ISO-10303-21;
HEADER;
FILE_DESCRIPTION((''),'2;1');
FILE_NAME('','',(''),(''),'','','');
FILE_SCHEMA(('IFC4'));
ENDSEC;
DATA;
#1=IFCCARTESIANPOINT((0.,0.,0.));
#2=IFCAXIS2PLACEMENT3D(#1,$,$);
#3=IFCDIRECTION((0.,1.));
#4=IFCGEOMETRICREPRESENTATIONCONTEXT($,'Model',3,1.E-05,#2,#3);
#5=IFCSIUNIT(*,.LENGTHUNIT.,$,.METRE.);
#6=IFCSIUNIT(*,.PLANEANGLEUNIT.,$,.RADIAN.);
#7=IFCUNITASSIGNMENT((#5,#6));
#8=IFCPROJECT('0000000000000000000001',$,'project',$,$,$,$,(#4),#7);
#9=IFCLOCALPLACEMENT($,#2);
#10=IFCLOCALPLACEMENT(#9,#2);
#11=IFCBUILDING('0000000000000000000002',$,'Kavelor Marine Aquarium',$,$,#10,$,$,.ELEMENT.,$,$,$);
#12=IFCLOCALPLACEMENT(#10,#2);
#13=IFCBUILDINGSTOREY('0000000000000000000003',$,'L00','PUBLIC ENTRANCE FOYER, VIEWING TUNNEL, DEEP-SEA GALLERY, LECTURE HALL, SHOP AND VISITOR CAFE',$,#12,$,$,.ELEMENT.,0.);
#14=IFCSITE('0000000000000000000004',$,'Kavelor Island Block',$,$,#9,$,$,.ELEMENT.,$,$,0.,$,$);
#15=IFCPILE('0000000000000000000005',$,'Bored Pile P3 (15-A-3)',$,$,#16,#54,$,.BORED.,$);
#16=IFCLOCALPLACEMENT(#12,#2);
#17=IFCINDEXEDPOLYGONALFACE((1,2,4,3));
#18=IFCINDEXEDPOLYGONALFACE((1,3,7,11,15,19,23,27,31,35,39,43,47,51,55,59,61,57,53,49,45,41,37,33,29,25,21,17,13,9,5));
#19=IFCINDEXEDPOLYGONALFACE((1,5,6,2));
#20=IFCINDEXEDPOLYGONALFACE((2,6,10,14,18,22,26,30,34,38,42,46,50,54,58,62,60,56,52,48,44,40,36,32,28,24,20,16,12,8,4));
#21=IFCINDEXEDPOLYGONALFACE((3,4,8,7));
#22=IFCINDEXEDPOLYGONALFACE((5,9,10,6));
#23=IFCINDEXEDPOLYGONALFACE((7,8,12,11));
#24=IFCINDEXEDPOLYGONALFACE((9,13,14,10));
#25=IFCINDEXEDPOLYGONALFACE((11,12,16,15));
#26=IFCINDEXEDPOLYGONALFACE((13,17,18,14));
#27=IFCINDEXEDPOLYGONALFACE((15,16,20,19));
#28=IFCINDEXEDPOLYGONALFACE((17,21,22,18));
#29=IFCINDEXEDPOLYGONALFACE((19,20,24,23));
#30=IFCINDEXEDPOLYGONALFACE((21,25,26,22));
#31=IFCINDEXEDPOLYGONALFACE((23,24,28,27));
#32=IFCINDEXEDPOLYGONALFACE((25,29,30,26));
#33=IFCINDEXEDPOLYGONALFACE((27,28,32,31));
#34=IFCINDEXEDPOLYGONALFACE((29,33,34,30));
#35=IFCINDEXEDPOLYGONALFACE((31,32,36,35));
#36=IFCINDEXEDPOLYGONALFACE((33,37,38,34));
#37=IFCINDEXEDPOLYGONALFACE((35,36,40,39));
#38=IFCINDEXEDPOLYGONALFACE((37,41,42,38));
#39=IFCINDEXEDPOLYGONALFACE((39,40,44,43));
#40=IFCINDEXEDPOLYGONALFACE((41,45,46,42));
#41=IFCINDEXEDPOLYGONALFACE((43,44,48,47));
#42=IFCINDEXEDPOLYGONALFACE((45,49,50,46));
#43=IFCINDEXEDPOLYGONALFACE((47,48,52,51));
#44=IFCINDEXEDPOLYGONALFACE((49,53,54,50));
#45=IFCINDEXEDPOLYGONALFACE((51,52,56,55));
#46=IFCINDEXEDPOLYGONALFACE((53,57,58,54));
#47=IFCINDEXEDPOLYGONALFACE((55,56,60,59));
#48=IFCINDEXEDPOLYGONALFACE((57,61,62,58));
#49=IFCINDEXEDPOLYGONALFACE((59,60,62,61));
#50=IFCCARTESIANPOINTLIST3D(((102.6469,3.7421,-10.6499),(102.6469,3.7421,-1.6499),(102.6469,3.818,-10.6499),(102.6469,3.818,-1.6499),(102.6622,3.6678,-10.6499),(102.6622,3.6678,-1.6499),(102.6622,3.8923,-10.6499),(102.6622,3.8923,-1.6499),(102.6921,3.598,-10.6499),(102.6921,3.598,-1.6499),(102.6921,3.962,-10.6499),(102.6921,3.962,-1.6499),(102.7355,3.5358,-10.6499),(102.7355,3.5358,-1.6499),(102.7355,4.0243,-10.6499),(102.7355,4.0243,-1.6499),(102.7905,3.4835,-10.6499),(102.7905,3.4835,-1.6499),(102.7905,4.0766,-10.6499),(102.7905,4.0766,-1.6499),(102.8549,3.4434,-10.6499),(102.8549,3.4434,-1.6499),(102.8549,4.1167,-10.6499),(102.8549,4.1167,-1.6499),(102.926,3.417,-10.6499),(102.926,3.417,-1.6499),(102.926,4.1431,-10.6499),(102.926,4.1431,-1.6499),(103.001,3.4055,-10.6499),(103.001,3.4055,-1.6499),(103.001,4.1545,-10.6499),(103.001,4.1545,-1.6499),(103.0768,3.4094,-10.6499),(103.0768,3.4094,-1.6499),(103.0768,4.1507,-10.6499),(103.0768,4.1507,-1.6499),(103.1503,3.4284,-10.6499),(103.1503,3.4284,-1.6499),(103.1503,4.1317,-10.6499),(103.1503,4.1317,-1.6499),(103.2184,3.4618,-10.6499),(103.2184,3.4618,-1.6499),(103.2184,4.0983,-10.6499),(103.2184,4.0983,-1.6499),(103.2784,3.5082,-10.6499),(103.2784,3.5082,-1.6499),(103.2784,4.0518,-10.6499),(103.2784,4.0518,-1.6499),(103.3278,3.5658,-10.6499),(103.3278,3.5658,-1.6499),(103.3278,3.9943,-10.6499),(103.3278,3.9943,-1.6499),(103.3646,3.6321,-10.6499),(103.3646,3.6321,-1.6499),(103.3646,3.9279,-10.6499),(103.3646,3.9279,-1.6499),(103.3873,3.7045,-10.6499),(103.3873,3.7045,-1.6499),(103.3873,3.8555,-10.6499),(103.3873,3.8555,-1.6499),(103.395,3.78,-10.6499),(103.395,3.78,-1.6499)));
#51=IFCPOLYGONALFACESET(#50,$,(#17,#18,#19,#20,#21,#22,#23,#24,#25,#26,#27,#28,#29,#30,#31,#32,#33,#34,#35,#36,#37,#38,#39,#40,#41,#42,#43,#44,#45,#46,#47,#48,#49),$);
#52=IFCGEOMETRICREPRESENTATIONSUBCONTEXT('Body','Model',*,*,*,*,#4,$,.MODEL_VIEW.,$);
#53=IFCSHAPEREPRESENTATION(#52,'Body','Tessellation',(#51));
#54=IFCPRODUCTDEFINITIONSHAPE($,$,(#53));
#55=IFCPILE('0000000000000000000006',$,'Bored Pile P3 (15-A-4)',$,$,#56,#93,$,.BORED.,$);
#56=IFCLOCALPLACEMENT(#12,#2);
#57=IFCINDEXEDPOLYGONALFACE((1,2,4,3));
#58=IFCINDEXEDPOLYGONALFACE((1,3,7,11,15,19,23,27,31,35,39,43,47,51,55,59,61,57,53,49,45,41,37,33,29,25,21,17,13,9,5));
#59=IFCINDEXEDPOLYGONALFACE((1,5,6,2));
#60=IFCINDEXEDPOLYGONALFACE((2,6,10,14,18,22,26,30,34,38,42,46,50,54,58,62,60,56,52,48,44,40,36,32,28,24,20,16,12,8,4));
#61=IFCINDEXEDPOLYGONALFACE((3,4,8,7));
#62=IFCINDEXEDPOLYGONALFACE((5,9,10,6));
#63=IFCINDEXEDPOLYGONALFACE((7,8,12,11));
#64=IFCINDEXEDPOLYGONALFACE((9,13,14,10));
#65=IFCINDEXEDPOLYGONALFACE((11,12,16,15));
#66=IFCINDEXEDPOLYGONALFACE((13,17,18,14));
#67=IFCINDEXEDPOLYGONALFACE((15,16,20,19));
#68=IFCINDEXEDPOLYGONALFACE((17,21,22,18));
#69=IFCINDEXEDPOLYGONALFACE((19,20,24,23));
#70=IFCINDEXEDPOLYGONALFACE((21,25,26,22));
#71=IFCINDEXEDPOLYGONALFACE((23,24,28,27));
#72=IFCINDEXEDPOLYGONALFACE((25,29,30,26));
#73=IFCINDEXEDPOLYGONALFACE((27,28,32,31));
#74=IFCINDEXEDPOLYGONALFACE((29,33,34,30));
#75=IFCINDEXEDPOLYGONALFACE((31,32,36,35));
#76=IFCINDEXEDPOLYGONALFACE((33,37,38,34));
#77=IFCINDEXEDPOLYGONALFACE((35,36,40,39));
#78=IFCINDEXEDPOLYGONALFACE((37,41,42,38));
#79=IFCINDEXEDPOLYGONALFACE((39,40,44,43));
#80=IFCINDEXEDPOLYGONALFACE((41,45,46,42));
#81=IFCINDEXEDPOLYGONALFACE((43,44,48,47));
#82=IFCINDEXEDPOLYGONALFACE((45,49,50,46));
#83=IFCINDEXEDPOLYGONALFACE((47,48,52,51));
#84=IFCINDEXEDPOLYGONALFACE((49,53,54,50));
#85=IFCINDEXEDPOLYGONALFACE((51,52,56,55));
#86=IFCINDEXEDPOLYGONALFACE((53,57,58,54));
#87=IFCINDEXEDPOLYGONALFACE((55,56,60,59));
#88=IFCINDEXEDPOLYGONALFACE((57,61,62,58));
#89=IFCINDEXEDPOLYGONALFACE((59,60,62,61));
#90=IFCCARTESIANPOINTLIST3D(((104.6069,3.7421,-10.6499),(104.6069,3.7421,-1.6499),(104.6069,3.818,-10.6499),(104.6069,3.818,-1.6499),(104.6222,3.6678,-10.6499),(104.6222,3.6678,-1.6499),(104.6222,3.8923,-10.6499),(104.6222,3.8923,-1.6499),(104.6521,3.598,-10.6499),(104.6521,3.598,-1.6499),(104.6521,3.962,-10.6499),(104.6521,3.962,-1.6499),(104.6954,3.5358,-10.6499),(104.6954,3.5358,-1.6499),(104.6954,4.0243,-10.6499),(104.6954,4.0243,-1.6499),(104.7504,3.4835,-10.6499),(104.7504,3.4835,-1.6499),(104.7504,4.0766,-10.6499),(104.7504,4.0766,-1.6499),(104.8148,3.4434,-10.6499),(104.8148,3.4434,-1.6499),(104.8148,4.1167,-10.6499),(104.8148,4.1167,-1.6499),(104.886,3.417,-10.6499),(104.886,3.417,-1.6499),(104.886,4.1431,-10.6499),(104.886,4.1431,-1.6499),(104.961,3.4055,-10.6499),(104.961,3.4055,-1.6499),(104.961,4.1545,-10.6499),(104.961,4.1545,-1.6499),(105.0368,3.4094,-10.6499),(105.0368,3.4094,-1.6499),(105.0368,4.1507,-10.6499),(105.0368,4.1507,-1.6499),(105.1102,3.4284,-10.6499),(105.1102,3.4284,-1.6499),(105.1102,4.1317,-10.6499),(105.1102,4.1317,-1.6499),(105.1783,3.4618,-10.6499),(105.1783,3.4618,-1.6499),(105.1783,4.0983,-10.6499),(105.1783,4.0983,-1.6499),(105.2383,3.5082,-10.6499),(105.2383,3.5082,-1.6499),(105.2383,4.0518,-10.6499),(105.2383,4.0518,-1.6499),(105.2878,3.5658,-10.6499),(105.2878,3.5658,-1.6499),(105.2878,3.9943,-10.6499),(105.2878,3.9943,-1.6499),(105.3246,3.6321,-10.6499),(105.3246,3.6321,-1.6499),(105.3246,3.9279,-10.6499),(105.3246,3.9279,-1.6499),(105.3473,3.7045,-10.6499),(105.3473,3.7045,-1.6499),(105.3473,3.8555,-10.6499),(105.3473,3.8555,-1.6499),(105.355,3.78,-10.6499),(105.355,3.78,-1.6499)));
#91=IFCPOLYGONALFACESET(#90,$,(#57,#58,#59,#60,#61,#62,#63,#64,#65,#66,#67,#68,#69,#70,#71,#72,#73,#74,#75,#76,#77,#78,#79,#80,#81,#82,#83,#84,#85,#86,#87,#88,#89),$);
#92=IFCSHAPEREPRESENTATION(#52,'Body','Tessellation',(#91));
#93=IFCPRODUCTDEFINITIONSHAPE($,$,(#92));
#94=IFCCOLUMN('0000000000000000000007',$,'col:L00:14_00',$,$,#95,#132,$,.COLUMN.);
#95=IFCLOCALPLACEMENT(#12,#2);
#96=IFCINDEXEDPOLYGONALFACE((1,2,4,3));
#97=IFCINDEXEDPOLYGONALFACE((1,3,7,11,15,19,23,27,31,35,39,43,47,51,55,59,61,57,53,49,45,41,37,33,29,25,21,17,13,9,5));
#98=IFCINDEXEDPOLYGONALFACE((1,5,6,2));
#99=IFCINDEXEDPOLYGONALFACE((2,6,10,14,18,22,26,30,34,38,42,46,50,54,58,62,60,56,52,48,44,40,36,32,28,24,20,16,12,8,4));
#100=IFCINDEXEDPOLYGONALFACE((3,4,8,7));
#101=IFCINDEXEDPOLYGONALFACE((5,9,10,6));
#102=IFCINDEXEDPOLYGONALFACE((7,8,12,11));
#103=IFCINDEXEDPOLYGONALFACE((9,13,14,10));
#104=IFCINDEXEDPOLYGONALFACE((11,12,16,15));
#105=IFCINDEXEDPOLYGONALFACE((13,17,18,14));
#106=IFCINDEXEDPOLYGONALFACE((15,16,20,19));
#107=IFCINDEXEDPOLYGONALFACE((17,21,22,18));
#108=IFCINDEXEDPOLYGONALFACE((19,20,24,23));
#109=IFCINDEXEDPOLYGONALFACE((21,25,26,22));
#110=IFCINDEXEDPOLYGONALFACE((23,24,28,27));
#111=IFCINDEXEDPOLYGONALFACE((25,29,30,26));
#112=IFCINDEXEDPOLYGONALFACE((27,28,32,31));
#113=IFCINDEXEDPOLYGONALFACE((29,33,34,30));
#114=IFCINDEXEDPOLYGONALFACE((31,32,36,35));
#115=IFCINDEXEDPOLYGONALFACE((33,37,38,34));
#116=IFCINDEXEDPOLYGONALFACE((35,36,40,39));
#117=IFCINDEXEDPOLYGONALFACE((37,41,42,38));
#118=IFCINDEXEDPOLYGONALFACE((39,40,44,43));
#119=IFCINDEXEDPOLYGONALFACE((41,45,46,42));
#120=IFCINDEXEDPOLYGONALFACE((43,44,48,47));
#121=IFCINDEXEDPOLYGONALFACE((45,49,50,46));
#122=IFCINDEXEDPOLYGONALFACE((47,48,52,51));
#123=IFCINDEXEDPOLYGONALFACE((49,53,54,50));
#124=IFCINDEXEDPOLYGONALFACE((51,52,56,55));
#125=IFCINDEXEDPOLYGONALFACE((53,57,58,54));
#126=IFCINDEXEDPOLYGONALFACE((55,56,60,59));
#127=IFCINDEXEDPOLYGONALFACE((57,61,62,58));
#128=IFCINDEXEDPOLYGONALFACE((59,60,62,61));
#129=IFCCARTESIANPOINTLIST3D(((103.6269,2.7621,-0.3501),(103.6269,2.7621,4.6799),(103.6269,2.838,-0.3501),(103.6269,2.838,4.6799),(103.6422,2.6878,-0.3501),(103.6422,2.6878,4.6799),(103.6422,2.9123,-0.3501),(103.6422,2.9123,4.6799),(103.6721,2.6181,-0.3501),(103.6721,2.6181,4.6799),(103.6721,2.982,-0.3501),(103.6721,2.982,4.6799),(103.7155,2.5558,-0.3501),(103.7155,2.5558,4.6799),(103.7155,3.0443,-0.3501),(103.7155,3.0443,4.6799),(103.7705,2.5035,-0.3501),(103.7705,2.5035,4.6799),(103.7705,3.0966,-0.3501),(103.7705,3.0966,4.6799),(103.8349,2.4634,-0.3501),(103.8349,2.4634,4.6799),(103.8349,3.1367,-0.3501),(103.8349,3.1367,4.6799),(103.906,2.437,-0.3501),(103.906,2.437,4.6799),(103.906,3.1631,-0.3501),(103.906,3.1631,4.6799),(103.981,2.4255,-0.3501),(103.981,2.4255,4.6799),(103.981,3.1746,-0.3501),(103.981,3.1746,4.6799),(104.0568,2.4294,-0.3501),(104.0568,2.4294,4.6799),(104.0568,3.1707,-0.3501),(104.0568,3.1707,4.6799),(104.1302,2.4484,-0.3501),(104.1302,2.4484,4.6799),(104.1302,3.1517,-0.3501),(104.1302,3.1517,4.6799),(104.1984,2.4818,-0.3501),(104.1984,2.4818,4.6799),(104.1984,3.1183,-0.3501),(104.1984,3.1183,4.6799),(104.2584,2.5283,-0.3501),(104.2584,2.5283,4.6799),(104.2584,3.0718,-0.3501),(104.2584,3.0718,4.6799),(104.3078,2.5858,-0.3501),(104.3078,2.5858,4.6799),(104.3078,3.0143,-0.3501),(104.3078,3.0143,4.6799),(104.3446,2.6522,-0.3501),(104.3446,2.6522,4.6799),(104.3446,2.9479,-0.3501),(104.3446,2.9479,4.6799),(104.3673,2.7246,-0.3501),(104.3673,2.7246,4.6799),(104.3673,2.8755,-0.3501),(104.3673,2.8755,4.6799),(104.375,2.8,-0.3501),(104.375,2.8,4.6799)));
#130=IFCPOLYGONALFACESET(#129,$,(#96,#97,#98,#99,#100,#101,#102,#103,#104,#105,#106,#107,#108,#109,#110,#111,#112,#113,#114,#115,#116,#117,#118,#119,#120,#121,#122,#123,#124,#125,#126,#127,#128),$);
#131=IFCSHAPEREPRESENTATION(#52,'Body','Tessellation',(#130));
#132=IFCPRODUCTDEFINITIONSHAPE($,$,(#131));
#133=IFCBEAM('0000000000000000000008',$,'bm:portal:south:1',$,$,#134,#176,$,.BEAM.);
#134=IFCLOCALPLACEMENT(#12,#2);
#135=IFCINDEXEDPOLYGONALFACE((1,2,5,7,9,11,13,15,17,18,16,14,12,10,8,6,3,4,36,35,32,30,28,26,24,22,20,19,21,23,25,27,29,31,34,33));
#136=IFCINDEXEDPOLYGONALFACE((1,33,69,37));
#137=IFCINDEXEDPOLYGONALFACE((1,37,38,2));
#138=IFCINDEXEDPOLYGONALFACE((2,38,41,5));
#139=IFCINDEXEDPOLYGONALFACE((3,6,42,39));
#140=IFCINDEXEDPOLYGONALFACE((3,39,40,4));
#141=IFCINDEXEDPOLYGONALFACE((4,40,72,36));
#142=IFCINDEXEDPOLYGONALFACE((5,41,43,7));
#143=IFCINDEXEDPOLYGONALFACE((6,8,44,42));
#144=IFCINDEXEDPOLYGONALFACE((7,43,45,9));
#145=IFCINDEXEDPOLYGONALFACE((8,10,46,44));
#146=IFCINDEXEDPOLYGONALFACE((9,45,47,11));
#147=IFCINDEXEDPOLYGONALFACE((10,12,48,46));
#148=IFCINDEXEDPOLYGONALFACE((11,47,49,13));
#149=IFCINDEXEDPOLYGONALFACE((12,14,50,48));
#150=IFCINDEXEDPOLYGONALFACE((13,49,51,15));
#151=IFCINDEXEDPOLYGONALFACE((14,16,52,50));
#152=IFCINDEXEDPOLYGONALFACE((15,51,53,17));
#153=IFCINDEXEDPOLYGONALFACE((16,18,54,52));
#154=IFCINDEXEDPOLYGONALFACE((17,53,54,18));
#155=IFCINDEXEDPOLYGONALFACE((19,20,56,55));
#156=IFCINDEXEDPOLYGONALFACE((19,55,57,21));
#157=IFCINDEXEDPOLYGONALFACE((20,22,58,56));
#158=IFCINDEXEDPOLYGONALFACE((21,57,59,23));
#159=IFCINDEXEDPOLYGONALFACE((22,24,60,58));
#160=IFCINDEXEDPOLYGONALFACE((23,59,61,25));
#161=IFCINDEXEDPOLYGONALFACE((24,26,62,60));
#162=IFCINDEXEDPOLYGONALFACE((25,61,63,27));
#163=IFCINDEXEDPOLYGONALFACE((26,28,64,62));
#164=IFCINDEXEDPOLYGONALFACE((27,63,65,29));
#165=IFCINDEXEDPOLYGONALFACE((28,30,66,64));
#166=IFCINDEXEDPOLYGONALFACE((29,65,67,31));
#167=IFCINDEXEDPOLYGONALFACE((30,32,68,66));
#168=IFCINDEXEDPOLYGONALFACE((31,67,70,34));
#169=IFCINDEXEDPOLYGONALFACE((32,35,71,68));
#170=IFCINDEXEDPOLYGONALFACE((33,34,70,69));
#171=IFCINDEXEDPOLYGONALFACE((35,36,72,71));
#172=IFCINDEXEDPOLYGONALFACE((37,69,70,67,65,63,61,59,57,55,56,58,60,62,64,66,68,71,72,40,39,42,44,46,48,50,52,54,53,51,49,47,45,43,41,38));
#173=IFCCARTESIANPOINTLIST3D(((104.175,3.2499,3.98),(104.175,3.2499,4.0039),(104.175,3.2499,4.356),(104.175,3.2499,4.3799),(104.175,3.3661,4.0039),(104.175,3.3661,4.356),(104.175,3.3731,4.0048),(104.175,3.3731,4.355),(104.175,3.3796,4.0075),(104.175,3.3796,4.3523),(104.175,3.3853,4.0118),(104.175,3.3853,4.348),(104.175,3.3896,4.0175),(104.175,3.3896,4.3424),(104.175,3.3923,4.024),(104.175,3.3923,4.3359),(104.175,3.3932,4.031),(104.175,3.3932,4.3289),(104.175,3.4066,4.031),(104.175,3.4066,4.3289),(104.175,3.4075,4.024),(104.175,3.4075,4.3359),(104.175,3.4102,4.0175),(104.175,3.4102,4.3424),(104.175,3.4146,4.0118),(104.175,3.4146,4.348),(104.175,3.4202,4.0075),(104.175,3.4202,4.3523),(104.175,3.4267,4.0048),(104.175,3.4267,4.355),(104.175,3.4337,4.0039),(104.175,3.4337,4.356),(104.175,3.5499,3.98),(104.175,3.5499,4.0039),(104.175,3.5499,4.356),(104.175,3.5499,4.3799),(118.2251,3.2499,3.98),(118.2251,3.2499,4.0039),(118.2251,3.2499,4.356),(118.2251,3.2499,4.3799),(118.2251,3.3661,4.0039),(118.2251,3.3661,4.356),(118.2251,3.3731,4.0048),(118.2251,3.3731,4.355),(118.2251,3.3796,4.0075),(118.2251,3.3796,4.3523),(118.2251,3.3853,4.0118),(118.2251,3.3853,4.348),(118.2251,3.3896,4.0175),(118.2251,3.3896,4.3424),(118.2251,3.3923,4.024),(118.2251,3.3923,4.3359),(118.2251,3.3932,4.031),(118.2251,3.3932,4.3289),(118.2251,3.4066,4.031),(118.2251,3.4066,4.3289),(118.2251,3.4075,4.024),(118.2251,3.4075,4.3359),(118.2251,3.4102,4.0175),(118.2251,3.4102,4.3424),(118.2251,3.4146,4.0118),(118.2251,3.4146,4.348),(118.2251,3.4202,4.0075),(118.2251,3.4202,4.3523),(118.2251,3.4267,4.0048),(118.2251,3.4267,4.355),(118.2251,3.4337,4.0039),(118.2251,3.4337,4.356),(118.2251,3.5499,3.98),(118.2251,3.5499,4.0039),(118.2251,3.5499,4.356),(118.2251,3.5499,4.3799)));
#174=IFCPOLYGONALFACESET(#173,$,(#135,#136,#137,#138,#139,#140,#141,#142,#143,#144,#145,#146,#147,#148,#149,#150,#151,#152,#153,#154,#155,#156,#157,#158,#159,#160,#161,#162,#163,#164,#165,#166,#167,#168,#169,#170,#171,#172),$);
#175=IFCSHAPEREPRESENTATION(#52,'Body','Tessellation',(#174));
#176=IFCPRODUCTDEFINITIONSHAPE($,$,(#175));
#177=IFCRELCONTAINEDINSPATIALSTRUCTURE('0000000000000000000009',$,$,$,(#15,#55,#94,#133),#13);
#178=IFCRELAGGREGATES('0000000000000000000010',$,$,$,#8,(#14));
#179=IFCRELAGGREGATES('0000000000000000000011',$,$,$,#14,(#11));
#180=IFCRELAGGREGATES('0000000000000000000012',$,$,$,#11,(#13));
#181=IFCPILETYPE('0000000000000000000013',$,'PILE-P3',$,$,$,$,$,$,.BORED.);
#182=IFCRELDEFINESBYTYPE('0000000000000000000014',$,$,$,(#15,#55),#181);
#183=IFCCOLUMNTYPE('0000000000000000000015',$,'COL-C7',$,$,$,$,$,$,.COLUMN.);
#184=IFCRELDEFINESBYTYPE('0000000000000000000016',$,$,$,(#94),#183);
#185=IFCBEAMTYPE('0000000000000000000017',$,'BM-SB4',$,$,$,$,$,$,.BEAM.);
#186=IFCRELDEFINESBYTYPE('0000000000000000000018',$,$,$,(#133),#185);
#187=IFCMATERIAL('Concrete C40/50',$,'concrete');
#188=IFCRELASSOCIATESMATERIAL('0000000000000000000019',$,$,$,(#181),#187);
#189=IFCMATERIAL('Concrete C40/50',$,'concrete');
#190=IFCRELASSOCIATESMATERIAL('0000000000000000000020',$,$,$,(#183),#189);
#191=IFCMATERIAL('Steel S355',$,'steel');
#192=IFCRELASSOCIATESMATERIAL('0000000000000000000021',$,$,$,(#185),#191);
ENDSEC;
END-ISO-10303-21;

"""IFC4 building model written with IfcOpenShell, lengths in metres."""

from ifc_helpers import new_model, si_unit, direction, frame, origin, origin_2d, place, context, subcontext, project, spatial, circle, i_section, extrude, material, material_profile, profile_set, type_object, element, save


model = new_model("IFC4")

# Units and contexts
model_context = context("Model", 3, precision=1e-05, world=origin(), true_north=direction((0.0, 1.0)))
body_context = subcontext(model_context, "Body", "Model", "MODEL_VIEW")
ifc_project = project(units=[si_unit("LENGTHUNIT", "METRE"), si_unit("PLANEANGLEUNIT", "RADIAN")], contexts=[model_context])

# Site, building, storey
site_placement = place(None, origin())
site = spatial("IfcSite", under=ifc_project, at=site_placement, Name="Kavelor Island Block", CompositionType="ELEMENT", RefElevation=0.0)
building_placement = place(site_placement, origin())
building = spatial("IfcBuilding", under=site, at=building_placement, Name="Kavelor Marine Aquarium", CompositionType="ELEMENT")
storey_placement = place(building_placement, origin())
storey = spatial("IfcBuildingStorey", under=building, at=storey_placement, Name="L00", Description="PUBLIC ENTRANCE FOYER, VIEWING TUNNEL, DEEP-SEA GALLERY, LECTURE HALL, SHOP AND VISITOR CAFE", CompositionType="ELEMENT", Elevation=0.0)

# Piles
ifc_material_1 = material(Name="Concrete C40/50", Category="concrete")
ifc_material_profile_1 = material_profile(ifc_material_1, circle(Radius=0.375, at=origin_2d()), Name="PILE D750")
ifc_profile_set_1 = profile_set([ifc_material_profile_1], Name="Concrete C40/50")
pile_type = type_object("IfcPileType", Name="PILE-P3", PredefinedType="BORED", material=ifc_profile_set_1)
for number, where, z_axis, x_axis, name in (
    (1, (103.02, 3.78, -1.6499), (0.0, 0.0, -1.0), (1.0, 0.0, 0.0), "Bored Pile P3 (15-A-3)"),
    (2, (104.98, 3.78, -1.6499), (0.0, 0.0, -1.0), (1.0, 0.0, 0.0), "Bored Pile P3 (15-A-4)"),
):
    element("IfcPile", number, at=place(storey_placement, frame(where, z_axis=z_axis, x_axis=x_axis)), inside=storey, type_object=pile_type, Name=name, PredefinedType="BORED", context=body_context, shape_type="SweptSolid", body=[
        extrude(circle(Radius=0.375, at=origin_2d()), origin(), (0.0, 0.0, 1.0), 9.0),
    ])

# Column
ifc_material_2 = material(Name="Concrete C40/50", Category="concrete")
ifc_material_profile_2 = material_profile(ifc_material_2, circle(Radius=0.375, at=origin_2d()), Name="RC-COL D750")
ifc_profile_set_2 = profile_set([ifc_material_profile_2], Name="Concrete C40/50")
column_type = type_object("IfcColumnType", Name="COL-C7", PredefinedType="COLUMN", material=ifc_profile_set_2)
column_placement = place(storey_placement, frame((104.0, 2.8, -0.3501), z_axis=(0.0, 0.0, 1.0), x_axis=(1.0, 0.0, 0.0)))
element("IfcColumn", 3, at=column_placement, inside=storey, type_object=column_type, Name="col:L00:14_00", PredefinedType="COLUMN", context=body_context, shape_type="SweptSolid", body=[
    extrude(circle(Radius=0.375, at=origin_2d()), origin(), (0.0, 0.0, 1.0), 5.03),
])

# Beam
ifc_material_3 = material(Name="Steel S355", Category="steel")
ifc_material_profile_3 = material_profile(ifc_material_3, i_section(OverallWidth=0.3, OverallDepth=0.3999, WebThickness=0.0134, FlangeThickness=0.0239, FilletRadius=0.0271, at=origin_2d()), Name="HEB 400")
ifc_profile_set_3 = profile_set([ifc_material_profile_3], Name="Steel S355")
beam_type_1 = type_object("IfcBeamType", Name="BM-SB4", PredefinedType="BEAM", material=ifc_profile_set_3)
for number, where, z_axis, x_axis, name in (
    (4, (104.175, 3.3999, 4.1799), (1.0, 0.0, 0.0), (0.0, 1.0, 0.0), "bm:portal:south:1"),
):
    element("IfcBeam", number, at=place(storey_placement, frame(where, z_axis=z_axis, x_axis=x_axis)), inside=storey, type_object=beam_type_1, Name=name, PredefinedType="BEAM", context=body_context, shape_type="SweptSolid", body=[
        extrude(i_section(OverallWidth=0.3, OverallDepth=0.3999, WebThickness=0.0134, FlangeThickness=0.0239, FilletRadius=0.0271, at=origin_2d()), origin(), (0.0, 0.0, 1.0), 14.05),
    ])

save(model, "model.ifc")
